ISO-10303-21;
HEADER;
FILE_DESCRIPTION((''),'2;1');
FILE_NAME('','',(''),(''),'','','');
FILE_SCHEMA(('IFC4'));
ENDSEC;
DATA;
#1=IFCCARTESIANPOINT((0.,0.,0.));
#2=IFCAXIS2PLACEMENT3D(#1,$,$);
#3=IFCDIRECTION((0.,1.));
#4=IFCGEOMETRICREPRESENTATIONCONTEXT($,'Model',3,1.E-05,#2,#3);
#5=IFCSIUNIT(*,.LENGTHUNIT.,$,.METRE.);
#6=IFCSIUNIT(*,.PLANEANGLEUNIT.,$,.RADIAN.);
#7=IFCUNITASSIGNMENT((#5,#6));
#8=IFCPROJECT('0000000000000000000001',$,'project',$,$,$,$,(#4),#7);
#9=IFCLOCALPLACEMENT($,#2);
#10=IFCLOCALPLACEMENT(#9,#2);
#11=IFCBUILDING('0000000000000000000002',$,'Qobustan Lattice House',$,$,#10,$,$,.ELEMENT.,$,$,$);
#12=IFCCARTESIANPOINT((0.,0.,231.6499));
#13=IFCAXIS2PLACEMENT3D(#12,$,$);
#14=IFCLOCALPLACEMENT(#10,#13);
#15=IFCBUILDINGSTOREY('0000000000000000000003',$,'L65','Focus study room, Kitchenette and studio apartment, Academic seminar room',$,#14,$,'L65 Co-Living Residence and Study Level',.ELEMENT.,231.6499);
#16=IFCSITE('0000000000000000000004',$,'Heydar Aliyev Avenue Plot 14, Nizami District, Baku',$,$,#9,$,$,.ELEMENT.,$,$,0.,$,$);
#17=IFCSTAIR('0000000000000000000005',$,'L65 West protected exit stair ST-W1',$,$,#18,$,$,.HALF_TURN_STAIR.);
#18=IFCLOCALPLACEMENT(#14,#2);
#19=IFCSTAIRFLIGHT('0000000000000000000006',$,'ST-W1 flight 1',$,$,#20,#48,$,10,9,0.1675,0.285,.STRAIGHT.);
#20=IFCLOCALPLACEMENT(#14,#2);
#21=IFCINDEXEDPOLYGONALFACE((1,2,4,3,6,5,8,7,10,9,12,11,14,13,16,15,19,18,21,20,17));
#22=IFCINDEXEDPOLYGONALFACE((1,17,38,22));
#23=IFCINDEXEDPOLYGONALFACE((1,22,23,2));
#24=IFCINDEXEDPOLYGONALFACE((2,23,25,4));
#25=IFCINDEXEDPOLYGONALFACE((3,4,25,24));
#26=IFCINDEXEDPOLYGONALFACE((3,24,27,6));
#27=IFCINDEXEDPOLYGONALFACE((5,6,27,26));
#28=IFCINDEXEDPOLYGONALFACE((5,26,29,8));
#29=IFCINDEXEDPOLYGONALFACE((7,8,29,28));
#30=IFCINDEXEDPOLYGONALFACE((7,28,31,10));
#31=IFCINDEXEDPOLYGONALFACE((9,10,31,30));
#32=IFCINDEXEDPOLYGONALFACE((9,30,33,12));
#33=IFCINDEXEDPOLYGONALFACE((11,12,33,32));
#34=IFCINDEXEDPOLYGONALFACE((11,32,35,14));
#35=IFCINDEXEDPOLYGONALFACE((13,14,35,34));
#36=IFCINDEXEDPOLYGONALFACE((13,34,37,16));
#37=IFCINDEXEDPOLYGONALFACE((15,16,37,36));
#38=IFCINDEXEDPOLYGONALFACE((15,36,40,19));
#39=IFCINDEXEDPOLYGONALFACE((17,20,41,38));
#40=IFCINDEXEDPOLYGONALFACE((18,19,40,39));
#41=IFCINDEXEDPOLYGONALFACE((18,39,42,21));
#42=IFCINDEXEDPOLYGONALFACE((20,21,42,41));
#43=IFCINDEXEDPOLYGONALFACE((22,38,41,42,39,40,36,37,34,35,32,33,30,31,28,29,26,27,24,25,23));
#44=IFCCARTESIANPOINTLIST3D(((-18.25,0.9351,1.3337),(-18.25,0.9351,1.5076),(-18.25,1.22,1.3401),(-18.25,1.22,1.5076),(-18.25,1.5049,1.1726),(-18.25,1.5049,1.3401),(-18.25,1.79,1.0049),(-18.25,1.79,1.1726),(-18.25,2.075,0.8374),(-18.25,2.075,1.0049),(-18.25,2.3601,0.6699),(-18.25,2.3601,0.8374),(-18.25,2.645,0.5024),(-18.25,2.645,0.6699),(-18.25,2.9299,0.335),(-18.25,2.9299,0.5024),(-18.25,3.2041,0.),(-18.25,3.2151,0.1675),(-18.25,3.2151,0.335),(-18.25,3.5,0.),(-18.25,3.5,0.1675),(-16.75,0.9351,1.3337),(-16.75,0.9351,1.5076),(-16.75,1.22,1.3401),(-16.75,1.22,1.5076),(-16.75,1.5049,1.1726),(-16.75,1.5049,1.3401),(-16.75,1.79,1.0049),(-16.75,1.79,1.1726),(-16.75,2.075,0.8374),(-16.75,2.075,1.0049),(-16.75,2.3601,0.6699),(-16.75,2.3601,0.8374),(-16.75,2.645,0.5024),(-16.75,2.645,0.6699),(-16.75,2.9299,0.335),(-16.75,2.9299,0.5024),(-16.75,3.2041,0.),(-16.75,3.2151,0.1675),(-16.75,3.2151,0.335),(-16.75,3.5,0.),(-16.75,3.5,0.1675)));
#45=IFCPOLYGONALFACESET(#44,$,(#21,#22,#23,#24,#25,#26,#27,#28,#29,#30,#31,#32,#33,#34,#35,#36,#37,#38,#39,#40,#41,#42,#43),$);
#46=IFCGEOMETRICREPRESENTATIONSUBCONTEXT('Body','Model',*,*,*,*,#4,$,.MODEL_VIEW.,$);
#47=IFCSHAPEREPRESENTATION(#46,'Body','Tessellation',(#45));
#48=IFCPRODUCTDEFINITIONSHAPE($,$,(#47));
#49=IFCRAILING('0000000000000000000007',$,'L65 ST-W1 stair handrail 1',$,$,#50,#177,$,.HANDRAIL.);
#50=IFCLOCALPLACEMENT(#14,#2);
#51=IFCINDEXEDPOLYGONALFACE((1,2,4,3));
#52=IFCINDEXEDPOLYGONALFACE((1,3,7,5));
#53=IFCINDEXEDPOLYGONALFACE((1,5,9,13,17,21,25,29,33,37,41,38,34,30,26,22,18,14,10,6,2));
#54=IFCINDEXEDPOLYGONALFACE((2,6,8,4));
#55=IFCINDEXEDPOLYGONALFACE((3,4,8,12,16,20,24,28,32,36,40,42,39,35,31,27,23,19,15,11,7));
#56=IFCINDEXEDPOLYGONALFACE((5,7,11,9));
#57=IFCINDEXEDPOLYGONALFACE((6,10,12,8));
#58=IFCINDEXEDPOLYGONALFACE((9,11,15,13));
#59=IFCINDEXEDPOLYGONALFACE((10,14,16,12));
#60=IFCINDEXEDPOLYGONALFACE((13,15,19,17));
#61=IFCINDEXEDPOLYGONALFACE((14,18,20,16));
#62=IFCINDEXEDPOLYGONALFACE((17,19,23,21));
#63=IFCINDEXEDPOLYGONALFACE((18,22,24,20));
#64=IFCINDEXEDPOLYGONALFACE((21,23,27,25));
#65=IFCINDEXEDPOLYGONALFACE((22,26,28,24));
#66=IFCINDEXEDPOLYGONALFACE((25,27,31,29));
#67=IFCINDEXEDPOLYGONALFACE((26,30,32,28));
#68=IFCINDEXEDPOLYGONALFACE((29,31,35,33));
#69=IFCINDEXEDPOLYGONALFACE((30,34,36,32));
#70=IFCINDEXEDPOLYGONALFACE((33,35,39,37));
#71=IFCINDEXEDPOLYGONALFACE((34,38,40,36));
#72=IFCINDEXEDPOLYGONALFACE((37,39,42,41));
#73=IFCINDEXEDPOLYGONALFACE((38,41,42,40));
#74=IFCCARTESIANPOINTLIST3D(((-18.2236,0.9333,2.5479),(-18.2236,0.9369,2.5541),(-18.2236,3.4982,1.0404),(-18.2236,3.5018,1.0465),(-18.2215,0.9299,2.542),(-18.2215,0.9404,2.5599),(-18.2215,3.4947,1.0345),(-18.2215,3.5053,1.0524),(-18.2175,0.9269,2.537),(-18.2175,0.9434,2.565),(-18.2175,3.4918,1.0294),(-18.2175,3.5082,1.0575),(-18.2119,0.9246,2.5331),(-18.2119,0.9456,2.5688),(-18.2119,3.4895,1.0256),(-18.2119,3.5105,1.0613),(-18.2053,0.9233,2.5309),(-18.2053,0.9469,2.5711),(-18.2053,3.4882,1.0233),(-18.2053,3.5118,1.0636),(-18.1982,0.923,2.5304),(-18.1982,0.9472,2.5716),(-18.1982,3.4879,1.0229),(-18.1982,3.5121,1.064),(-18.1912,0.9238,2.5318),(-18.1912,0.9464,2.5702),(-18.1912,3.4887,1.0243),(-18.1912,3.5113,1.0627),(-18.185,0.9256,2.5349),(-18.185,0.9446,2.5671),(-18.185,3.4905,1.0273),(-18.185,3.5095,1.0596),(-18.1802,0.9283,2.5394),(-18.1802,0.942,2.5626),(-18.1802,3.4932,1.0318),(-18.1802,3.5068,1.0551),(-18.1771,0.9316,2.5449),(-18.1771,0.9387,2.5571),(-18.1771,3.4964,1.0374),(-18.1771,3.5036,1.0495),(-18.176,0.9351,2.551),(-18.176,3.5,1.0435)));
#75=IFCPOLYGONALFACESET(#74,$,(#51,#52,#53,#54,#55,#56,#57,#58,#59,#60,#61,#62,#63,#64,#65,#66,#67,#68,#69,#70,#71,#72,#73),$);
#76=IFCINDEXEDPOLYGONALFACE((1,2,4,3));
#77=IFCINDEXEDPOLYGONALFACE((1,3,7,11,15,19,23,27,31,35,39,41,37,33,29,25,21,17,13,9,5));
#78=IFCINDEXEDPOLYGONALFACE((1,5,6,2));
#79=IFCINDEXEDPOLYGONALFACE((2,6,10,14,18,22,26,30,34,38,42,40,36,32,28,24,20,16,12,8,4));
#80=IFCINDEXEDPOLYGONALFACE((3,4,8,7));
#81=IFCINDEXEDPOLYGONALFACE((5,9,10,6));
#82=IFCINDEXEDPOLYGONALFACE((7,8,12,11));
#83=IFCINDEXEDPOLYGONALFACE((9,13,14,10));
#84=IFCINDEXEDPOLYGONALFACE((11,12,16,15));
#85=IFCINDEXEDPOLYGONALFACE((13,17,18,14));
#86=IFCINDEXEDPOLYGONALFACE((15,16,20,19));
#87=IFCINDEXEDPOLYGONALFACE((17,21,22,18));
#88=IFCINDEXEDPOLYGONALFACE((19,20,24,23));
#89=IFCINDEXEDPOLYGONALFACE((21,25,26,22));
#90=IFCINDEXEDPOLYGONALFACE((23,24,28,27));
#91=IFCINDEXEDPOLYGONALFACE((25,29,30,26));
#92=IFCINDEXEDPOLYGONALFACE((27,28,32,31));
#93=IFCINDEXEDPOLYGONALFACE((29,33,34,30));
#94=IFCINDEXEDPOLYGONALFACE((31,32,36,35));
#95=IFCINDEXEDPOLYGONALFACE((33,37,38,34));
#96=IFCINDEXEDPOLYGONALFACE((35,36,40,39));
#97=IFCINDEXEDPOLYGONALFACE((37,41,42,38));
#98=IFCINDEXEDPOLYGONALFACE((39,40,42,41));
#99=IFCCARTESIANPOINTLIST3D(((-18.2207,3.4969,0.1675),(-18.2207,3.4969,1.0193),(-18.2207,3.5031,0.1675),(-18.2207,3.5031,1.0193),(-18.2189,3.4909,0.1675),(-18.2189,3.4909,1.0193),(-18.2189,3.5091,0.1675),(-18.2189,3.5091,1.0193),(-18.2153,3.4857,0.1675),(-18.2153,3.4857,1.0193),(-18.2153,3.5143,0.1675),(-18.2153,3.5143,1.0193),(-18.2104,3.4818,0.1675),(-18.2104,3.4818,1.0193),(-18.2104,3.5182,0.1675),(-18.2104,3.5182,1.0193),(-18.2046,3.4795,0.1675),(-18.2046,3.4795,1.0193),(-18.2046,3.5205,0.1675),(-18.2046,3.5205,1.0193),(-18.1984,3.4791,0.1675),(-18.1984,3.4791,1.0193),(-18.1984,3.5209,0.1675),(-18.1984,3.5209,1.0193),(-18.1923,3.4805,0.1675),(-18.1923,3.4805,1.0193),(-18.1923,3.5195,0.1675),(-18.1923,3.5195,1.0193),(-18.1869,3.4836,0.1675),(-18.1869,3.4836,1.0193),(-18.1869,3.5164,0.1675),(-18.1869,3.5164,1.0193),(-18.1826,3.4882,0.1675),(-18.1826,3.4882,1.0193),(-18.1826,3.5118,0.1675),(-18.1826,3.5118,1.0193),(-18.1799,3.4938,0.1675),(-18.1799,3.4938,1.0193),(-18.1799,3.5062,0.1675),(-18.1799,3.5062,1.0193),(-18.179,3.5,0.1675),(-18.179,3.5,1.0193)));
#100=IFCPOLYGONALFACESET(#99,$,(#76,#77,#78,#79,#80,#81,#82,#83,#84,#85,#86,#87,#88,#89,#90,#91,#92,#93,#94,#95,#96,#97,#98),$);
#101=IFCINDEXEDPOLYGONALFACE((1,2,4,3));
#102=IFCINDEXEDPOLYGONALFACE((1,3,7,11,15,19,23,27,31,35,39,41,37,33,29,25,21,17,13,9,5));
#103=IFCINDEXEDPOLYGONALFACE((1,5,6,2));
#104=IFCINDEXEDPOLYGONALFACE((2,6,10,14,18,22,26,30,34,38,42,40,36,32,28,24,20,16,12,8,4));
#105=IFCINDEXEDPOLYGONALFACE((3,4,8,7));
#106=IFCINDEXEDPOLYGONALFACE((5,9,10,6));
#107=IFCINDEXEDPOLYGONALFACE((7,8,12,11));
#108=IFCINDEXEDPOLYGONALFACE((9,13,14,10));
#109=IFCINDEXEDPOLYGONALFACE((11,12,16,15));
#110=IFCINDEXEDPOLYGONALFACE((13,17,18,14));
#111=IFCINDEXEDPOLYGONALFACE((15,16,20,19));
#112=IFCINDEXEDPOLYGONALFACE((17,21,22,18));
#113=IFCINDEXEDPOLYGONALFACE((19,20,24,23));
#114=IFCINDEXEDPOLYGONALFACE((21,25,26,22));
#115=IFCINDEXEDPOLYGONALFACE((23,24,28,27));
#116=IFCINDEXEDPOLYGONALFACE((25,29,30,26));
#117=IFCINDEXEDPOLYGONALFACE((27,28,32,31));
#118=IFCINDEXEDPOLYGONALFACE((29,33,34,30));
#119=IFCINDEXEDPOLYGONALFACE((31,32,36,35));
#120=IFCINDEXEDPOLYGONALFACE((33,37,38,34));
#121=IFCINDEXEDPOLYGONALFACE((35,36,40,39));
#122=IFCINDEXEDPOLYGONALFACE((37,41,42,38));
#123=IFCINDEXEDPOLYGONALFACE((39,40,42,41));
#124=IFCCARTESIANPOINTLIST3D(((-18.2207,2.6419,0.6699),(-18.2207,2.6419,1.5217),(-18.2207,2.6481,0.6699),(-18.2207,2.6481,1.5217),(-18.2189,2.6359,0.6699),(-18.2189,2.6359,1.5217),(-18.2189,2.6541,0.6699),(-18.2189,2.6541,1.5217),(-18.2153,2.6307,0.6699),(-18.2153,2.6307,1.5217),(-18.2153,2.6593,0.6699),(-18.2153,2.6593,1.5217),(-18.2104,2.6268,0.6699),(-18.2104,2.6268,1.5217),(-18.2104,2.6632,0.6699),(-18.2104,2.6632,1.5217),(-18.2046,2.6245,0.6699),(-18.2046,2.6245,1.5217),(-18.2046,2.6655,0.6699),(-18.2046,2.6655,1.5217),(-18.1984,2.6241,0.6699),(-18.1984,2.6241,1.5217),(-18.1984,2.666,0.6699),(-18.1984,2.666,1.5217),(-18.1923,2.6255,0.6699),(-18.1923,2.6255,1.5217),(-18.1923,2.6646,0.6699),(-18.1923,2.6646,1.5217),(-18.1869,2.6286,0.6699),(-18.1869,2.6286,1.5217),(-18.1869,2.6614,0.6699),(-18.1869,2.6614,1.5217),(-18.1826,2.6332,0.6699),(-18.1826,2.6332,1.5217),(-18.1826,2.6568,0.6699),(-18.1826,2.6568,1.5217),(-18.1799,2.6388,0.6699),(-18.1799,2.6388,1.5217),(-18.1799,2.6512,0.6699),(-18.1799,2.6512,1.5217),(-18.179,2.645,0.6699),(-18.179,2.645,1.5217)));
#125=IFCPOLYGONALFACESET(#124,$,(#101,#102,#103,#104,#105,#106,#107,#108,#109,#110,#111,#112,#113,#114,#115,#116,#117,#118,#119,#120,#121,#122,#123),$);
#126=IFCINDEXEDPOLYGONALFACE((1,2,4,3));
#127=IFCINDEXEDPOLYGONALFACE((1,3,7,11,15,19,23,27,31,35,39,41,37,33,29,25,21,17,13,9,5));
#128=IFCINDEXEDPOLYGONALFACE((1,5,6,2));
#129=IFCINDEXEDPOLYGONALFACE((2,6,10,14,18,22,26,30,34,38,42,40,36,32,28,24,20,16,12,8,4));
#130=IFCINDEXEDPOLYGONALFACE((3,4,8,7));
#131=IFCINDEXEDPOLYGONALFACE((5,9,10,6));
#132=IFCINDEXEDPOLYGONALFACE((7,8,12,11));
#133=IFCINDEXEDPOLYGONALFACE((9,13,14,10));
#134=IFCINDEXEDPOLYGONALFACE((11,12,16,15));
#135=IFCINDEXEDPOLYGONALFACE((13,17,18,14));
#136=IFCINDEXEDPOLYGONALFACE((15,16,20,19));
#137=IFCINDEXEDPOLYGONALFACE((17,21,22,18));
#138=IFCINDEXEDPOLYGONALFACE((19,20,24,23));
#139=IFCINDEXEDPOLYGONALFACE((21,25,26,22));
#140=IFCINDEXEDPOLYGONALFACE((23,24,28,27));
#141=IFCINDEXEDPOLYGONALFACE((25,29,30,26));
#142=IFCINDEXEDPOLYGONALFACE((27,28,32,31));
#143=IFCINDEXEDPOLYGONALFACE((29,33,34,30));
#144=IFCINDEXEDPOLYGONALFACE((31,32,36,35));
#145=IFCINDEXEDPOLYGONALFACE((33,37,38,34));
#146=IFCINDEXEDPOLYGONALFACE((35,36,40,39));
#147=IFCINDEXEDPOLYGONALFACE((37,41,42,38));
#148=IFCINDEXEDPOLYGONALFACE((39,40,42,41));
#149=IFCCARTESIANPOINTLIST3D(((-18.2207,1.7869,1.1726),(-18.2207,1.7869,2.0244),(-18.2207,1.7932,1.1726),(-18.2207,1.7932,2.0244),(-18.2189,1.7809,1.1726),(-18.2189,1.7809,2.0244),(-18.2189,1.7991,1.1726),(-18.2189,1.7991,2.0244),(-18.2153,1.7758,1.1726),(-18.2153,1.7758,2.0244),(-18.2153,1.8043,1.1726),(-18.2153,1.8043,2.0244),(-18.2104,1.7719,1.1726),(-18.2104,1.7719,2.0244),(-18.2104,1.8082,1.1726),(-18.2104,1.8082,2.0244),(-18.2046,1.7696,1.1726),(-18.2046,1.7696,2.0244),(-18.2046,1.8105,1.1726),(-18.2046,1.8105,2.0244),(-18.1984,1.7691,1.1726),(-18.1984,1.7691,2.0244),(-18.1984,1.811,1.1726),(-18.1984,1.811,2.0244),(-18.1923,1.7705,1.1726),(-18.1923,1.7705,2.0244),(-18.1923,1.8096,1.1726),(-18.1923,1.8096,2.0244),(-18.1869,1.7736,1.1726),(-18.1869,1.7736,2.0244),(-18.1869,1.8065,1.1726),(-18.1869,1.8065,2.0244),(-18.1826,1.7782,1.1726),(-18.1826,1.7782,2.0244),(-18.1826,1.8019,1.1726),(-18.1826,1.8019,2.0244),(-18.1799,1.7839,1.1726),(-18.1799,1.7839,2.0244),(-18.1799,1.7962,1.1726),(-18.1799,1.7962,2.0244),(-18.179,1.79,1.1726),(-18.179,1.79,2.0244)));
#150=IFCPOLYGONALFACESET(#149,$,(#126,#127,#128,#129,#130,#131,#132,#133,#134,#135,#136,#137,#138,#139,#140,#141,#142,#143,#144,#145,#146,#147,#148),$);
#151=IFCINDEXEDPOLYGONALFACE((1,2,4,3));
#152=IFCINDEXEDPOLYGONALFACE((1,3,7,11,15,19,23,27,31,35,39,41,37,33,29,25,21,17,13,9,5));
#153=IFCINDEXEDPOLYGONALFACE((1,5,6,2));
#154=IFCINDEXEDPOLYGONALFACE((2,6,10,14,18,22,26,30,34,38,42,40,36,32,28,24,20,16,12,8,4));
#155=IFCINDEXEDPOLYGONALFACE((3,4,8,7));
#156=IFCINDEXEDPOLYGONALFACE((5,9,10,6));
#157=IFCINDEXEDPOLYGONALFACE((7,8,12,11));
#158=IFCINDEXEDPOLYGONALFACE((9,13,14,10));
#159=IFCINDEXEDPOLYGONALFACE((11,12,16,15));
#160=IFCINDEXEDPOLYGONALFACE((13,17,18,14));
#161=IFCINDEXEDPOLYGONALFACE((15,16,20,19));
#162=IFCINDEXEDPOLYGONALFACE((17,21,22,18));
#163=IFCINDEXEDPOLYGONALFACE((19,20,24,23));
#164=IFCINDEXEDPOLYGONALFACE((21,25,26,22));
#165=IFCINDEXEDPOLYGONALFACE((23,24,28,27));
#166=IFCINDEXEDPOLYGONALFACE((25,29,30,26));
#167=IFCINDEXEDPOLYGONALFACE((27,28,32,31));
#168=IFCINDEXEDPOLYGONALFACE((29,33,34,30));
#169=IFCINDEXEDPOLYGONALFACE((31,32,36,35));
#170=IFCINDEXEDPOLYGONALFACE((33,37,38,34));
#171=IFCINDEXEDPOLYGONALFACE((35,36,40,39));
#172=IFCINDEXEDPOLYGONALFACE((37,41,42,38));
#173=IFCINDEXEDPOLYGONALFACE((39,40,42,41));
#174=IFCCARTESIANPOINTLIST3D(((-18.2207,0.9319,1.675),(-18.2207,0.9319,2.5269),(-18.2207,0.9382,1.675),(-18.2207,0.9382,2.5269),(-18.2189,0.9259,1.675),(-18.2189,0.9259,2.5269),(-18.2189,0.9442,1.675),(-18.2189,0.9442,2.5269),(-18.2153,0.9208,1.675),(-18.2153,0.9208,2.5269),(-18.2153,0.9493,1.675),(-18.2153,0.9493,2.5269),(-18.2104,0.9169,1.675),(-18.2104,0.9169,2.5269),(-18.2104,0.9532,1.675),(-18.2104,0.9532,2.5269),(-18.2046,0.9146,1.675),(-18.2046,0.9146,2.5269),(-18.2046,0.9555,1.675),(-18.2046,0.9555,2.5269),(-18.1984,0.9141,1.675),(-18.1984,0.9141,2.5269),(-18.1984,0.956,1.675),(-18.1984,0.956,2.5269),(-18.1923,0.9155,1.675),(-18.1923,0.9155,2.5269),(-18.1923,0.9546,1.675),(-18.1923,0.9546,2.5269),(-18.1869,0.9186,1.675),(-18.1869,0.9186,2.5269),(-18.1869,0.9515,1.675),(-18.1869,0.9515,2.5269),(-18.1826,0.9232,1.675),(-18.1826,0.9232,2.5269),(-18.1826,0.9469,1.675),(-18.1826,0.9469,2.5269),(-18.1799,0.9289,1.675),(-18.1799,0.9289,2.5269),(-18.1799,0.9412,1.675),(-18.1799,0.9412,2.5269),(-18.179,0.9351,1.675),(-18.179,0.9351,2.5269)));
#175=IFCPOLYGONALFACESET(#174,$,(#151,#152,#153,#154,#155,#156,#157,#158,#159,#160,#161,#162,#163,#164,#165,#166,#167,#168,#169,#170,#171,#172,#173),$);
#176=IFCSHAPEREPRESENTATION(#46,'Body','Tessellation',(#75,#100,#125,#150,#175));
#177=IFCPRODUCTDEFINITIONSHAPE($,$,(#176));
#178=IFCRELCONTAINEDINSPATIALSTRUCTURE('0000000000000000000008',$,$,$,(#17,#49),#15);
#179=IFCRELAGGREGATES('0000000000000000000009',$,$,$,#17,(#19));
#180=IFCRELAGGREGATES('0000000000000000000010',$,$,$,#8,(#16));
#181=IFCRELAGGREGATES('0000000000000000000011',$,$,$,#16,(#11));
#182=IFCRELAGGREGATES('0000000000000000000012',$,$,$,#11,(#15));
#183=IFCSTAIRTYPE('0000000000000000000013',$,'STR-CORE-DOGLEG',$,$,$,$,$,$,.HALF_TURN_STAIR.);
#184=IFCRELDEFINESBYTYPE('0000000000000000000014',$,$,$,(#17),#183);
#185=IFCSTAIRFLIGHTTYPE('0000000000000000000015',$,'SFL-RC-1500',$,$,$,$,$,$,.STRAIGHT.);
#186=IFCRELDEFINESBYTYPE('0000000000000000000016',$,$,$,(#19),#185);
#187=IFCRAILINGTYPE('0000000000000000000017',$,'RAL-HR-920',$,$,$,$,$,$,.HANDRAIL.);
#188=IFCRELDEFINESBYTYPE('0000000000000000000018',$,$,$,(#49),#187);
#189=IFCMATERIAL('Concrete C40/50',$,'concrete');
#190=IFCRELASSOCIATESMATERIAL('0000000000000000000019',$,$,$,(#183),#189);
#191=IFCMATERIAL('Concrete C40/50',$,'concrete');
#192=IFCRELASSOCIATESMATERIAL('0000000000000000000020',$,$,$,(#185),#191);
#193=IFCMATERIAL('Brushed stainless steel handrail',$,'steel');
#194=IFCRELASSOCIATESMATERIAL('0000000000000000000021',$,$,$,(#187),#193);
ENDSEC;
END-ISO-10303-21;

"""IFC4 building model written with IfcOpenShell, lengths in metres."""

from ifc_helpers import new_model, si_unit, direction, frame, origin, origin_2d, place, context, subcontext, project, spatial, polyline, circle, outline, extrude, material, type_object, element, aggregate, save


model = new_model("IFC4")

# Units and contexts
model_context = context("Model", 3, precision=1e-05, world=origin(), true_north=direction((0.0, 1.0)))
body_context = subcontext(model_context, "Body", "Model", "MODEL_VIEW")
ifc_project = project(units=[si_unit("LENGTHUNIT", "METRE"), si_unit("PLANEANGLEUNIT", "RADIAN")], contexts=[model_context])

# Site, building, storey
site_placement = place(None, origin())
site = spatial("IfcSite", under=ifc_project, at=site_placement, Name="Heydar Aliyev Avenue Plot 14, Nizami District, Baku", CompositionType="ELEMENT", RefElevation=0.0)
building_placement = place(site_placement, origin())
building = spatial("IfcBuilding", under=site, at=building_placement, Name="Qobustan Lattice House", CompositionType="ELEMENT")
storey_placement = place(building_placement, frame((0.0, 0.0, 231.6499)))
storey = spatial("IfcBuildingStorey", under=building, at=storey_placement, Name="L65", Description="Focus study room, Kitchenette and studio apartment, Academic seminar room", LongName="L65 Co-Living Residence and Study Level", CompositionType="ELEMENT", Elevation=231.6499)

# Stair, stair flight
ifc_material_1 = material(Name="Concrete C40/50", Category="concrete")
stair_type = type_object("IfcStairType", Name="STR-CORE-DOGLEG", PredefinedType="HALF_TURN_STAIR", material=ifc_material_1)
stair_placement = place(storey_placement, origin())
stair = element("IfcStair", 1, at=stair_placement, inside=storey, type_object=stair_type, Name="L65 West protected exit stair ST-W1", PredefinedType="HALF_TURN_STAIR")
ifc_material_2 = material(Name="Concrete C40/50", Category="concrete")
stair_flight_type = type_object("IfcStairFlightType", Name="SFL-RC-1500", PredefinedType="STRAIGHT", material=ifc_material_2)
stair_flight_placement = place(storey_placement, frame((-17.5, 3.5, 0.0), z_axis=(0.0, 0.0, 1.0), x_axis=(0.0, -1.0, 0.0)))
stair_flight = element("IfcStairFlight", 2, at=stair_flight_placement, type_object=stair_flight_type, Name="ST-W1 flight 1", NumberOfRisers=10, NumberOfTreads=9, PredefinedType="STRAIGHT", RiserHeight=0.1675, TreadLength=0.285, context=body_context, shape_type="SweptSolid", body=[
    extrude(outline(polyline([(0.0, 0.0), (0.0, 0.1675), (0.2849, 0.1675), (0.2849, 0.335), (0.5701, 0.335), (0.5701, 0.5024), (0.855, 0.5024), (0.855, 0.6699), (1.1399, 0.6699), (1.1399, 0.8374), (1.425, 0.8374), (1.425, 1.0049), (1.71, 1.0049), (1.71, 1.1726), (1.9951, 1.1726), (1.9951, 1.3401), (2.28, 1.3401), (2.28, 1.5076), (2.5649, 1.5076), (2.5649, 1.675), (2.5649, 1.3337), (0.2959, 0.0), (0.0, 0.0)])), frame((0.0, 0.75, 0.0), z_axis=(0.0, -1.0, 0.0), x_axis=(1.0, 0.0, 0.0)), (0.0, 0.0, 1.0), 1.5),
])
aggregate(stair, [stair_flight])

# Railing
ifc_material_3 = material(Name="Brushed stainless steel handrail", Category="steel")
railing_type = type_object("IfcRailingType", Name="RAL-HR-920", PredefinedType="HANDRAIL", material=ifc_material_3)
railing_placement = place(storey_placement, frame((-18.2, 3.5, 0.1675)))
element("IfcRailing", 3, at=railing_placement, inside=storey, type_object=railing_type, Name="L65 ST-W1 stair handrail 1", PredefinedType="HANDRAIL", context=body_context, shape_type="SweptSolid", body=[
    extrude(circle(Radius=0.0239, at=origin_2d()), frame((0.0, 0.0, 0.876), z_axis=(0.0, -0.862113, 0.506715), x_axis=(1.0, 0.0, 0.0)), (0.0, 0.0, 1.0), 2.9751),
    extrude(circle(Radius=0.021, at=origin_2d()), origin(), (0.0, 0.0, 1.0), 0.8518),
    extrude(circle(Radius=0.021, at=origin_2d()), frame((0.0, -0.855, 0.5024)), (0.0, 0.0, 1.0), 0.8518),
    extrude(circle(Radius=0.021, at=origin_2d()), frame((0.0, -1.71, 1.0051)), (0.0, 0.0, 1.0), 0.8518),
    extrude(circle(Radius=0.021, at=origin_2d()), frame((0.0, -2.5649, 1.5076)), (0.0, 0.0, 1.0), 0.8518),
])

save(model, "model.ifc")
